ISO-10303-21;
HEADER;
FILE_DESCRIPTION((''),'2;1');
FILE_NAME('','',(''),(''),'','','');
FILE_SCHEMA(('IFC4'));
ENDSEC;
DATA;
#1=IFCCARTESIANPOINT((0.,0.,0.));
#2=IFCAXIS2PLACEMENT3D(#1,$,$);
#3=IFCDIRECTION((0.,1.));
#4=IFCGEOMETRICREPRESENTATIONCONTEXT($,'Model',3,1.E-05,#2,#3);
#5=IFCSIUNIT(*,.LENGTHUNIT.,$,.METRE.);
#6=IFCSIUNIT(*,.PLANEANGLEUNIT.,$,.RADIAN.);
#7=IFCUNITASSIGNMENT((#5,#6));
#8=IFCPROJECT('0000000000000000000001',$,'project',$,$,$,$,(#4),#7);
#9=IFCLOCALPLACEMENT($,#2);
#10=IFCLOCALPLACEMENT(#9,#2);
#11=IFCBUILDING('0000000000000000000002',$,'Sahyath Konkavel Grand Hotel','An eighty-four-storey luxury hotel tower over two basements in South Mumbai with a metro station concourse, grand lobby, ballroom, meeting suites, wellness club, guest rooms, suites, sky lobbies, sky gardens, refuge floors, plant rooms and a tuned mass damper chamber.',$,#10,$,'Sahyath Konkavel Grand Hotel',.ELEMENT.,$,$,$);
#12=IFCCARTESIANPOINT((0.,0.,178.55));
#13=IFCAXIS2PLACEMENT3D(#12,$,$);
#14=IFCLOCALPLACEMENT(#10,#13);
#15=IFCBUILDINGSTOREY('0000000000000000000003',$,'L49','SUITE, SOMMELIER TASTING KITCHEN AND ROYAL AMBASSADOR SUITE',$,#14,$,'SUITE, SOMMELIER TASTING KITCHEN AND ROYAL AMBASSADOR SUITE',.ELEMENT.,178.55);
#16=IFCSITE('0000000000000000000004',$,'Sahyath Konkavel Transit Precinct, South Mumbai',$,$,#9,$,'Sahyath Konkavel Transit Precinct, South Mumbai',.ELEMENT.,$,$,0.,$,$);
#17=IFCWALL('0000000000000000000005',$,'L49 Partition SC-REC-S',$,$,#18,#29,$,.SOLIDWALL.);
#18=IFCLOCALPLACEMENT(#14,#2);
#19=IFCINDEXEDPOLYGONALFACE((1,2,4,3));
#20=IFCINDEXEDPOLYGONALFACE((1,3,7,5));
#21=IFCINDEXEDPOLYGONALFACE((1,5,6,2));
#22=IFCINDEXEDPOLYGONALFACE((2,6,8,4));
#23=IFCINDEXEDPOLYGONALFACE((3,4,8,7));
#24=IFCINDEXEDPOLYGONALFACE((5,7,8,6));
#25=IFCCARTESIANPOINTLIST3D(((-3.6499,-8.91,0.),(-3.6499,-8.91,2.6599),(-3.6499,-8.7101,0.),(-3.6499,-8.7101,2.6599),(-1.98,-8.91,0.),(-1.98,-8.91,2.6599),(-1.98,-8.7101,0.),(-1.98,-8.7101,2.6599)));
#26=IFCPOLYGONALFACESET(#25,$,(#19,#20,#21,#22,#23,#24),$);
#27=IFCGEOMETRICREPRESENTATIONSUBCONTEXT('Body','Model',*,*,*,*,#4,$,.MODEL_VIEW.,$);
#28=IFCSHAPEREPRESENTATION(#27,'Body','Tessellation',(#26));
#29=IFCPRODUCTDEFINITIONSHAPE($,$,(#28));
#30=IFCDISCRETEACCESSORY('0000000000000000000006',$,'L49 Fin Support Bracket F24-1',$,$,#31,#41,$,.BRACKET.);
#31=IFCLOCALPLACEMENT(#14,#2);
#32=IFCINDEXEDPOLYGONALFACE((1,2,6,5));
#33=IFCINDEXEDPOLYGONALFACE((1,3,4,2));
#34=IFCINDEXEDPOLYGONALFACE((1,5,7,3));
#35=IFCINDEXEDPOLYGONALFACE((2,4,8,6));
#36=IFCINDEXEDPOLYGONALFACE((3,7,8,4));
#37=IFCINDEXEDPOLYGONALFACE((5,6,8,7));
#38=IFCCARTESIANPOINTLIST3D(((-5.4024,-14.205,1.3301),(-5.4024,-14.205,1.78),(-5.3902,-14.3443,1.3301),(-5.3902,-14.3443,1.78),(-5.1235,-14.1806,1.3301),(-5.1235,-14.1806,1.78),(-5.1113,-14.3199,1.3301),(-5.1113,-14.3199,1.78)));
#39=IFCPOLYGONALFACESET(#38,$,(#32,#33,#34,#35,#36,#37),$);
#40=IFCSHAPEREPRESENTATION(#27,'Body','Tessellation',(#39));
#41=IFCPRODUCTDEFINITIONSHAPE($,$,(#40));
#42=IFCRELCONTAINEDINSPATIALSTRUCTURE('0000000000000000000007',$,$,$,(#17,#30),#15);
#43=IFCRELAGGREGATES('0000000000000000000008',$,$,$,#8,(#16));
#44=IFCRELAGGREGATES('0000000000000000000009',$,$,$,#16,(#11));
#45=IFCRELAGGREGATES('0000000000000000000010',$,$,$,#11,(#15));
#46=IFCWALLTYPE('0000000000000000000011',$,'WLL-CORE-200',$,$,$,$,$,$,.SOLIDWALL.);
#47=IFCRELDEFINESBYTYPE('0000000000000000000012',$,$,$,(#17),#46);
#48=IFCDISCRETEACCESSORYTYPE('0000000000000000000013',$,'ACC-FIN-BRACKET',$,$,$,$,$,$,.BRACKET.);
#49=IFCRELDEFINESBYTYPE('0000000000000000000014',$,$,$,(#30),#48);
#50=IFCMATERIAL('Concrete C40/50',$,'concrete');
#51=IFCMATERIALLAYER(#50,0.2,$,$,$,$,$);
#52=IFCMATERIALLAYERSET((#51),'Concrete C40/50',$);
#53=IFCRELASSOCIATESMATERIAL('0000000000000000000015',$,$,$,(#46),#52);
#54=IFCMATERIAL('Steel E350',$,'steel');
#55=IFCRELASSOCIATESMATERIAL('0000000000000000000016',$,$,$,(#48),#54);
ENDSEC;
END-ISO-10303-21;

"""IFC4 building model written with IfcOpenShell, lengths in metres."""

from ifc_helpers import new_model, si_unit, direction, frame, frame_2d, origin, origin_2d, place, context, subcontext, project, spatial, rectangle, extrude, source, transform, mapped, material, layer, layer_set, type_object, element, save


model = new_model("IFC4")

# Units and contexts
model_context = context("Model", 3, precision=1e-05, world=origin(), true_north=direction((0.0, 1.0)))
body_context = subcontext(model_context, "Body", "Model", "MODEL_VIEW")
ifc_project = project(units=[si_unit("LENGTHUNIT", "METRE"), si_unit("PLANEANGLEUNIT", "RADIAN")], contexts=[model_context])

# Site, building, storey
site_placement = place(None, origin())
site = spatial("IfcSite", under=ifc_project, at=site_placement, Name="Sahyath Konkavel Transit Precinct, South Mumbai", LongName="Sahyath Konkavel Transit Precinct, South Mumbai", CompositionType="ELEMENT", RefElevation=0.0)
building_placement = place(site_placement, origin())
building = spatial("IfcBuilding", under=site, at=building_placement, Name="Sahyath Konkavel Grand Hotel", Description="An eighty-four-storey luxury hotel tower over two basements in South Mumbai with a metro station concourse, grand lobby, ballroom, meeting suites, wellness club, guest rooms, suites, sky lobbies, sky gardens, refuge floors, plant rooms and a tuned mass damper chamber.", LongName="Sahyath Konkavel Grand Hotel", CompositionType="ELEMENT")
storey_placement = place(building_placement, frame((0.0, 0.0, 178.55)))
storey = spatial("IfcBuildingStorey", under=building, at=storey_placement, Name="L49", Description="SUITE, SOMMELIER TASTING KITCHEN AND ROYAL AMBASSADOR SUITE", LongName="SUITE, SOMMELIER TASTING KITCHEN AND ROYAL AMBASSADOR SUITE", CompositionType="ELEMENT", Elevation=178.55)

# Shared definitions
ifc_material_1 = material(Name="Concrete C40/50", Category="concrete")

# Shared definitions
ifc_material_2 = material(Name="Steel E350", Category="steel")

# Shared definitions
ifc_layer_1 = layer(ifc_material_1, 0.2)
ifc_layer_set_1 = layer_set([ifc_layer_1], Name="Concrete C40/50")
wall_type_1 = type_object("IfcWallType", Name="WLL-CORE-200", PredefinedType="SOLIDWALL", material=ifc_layer_set_1)

# Wall
wall_1_placement = place(storey_placement, frame((-3.6499, -8.8101, 0.0), z_axis=(0.0, 0.0, 1.0), x_axis=(1.0, 0.0, 0.0)))
element("IfcWall", 1, at=wall_1_placement, inside=storey, type_object=wall_type_1, Name="L49 Partition SC-REC-S", PredefinedType="SOLIDWALL", context=body_context, shape_type="SweptSolid", body=[
    extrude(rectangle(XDim=1.6699, YDim=0.2, at=frame_2d((0.835, 0.0))), origin(), (0.0, 0.0, 1.0), 2.6599),
])

# Discrete accessory
discrete_accessory_type = type_object("IfcDiscreteAccessoryType", Name="ACC-FIN-BRACKET", PredefinedType="BRACKET", material=ifc_material_2)
shared_shape_1 = source(origin(), body_context, "Body", "SweptSolid", [
    extrude(rectangle(XDim=0.28, YDim=0.1399, at=origin_2d()), origin(), (0.0, 0.0, 1.0), 0.45),
])
discrete_accessory_placement = place(storey_placement, frame((-5.2568, -14.2625, 1.3301), z_axis=(0.0, 0.0, 1.0), x_axis=(-0.996195, -0.087156, 0.0)))
element("IfcDiscreteAccessory", 2, at=discrete_accessory_placement, inside=storey, type_object=discrete_accessory_type, Name="L49 Fin Support Bracket F24-1", PredefinedType="BRACKET", context=body_context, shape_type="MappedRepresentation", body=[
    mapped(shared_shape_1, transform((0.0, 0.0, 0.0), scale=1.0)),
])

save(model, "model.ifc")
